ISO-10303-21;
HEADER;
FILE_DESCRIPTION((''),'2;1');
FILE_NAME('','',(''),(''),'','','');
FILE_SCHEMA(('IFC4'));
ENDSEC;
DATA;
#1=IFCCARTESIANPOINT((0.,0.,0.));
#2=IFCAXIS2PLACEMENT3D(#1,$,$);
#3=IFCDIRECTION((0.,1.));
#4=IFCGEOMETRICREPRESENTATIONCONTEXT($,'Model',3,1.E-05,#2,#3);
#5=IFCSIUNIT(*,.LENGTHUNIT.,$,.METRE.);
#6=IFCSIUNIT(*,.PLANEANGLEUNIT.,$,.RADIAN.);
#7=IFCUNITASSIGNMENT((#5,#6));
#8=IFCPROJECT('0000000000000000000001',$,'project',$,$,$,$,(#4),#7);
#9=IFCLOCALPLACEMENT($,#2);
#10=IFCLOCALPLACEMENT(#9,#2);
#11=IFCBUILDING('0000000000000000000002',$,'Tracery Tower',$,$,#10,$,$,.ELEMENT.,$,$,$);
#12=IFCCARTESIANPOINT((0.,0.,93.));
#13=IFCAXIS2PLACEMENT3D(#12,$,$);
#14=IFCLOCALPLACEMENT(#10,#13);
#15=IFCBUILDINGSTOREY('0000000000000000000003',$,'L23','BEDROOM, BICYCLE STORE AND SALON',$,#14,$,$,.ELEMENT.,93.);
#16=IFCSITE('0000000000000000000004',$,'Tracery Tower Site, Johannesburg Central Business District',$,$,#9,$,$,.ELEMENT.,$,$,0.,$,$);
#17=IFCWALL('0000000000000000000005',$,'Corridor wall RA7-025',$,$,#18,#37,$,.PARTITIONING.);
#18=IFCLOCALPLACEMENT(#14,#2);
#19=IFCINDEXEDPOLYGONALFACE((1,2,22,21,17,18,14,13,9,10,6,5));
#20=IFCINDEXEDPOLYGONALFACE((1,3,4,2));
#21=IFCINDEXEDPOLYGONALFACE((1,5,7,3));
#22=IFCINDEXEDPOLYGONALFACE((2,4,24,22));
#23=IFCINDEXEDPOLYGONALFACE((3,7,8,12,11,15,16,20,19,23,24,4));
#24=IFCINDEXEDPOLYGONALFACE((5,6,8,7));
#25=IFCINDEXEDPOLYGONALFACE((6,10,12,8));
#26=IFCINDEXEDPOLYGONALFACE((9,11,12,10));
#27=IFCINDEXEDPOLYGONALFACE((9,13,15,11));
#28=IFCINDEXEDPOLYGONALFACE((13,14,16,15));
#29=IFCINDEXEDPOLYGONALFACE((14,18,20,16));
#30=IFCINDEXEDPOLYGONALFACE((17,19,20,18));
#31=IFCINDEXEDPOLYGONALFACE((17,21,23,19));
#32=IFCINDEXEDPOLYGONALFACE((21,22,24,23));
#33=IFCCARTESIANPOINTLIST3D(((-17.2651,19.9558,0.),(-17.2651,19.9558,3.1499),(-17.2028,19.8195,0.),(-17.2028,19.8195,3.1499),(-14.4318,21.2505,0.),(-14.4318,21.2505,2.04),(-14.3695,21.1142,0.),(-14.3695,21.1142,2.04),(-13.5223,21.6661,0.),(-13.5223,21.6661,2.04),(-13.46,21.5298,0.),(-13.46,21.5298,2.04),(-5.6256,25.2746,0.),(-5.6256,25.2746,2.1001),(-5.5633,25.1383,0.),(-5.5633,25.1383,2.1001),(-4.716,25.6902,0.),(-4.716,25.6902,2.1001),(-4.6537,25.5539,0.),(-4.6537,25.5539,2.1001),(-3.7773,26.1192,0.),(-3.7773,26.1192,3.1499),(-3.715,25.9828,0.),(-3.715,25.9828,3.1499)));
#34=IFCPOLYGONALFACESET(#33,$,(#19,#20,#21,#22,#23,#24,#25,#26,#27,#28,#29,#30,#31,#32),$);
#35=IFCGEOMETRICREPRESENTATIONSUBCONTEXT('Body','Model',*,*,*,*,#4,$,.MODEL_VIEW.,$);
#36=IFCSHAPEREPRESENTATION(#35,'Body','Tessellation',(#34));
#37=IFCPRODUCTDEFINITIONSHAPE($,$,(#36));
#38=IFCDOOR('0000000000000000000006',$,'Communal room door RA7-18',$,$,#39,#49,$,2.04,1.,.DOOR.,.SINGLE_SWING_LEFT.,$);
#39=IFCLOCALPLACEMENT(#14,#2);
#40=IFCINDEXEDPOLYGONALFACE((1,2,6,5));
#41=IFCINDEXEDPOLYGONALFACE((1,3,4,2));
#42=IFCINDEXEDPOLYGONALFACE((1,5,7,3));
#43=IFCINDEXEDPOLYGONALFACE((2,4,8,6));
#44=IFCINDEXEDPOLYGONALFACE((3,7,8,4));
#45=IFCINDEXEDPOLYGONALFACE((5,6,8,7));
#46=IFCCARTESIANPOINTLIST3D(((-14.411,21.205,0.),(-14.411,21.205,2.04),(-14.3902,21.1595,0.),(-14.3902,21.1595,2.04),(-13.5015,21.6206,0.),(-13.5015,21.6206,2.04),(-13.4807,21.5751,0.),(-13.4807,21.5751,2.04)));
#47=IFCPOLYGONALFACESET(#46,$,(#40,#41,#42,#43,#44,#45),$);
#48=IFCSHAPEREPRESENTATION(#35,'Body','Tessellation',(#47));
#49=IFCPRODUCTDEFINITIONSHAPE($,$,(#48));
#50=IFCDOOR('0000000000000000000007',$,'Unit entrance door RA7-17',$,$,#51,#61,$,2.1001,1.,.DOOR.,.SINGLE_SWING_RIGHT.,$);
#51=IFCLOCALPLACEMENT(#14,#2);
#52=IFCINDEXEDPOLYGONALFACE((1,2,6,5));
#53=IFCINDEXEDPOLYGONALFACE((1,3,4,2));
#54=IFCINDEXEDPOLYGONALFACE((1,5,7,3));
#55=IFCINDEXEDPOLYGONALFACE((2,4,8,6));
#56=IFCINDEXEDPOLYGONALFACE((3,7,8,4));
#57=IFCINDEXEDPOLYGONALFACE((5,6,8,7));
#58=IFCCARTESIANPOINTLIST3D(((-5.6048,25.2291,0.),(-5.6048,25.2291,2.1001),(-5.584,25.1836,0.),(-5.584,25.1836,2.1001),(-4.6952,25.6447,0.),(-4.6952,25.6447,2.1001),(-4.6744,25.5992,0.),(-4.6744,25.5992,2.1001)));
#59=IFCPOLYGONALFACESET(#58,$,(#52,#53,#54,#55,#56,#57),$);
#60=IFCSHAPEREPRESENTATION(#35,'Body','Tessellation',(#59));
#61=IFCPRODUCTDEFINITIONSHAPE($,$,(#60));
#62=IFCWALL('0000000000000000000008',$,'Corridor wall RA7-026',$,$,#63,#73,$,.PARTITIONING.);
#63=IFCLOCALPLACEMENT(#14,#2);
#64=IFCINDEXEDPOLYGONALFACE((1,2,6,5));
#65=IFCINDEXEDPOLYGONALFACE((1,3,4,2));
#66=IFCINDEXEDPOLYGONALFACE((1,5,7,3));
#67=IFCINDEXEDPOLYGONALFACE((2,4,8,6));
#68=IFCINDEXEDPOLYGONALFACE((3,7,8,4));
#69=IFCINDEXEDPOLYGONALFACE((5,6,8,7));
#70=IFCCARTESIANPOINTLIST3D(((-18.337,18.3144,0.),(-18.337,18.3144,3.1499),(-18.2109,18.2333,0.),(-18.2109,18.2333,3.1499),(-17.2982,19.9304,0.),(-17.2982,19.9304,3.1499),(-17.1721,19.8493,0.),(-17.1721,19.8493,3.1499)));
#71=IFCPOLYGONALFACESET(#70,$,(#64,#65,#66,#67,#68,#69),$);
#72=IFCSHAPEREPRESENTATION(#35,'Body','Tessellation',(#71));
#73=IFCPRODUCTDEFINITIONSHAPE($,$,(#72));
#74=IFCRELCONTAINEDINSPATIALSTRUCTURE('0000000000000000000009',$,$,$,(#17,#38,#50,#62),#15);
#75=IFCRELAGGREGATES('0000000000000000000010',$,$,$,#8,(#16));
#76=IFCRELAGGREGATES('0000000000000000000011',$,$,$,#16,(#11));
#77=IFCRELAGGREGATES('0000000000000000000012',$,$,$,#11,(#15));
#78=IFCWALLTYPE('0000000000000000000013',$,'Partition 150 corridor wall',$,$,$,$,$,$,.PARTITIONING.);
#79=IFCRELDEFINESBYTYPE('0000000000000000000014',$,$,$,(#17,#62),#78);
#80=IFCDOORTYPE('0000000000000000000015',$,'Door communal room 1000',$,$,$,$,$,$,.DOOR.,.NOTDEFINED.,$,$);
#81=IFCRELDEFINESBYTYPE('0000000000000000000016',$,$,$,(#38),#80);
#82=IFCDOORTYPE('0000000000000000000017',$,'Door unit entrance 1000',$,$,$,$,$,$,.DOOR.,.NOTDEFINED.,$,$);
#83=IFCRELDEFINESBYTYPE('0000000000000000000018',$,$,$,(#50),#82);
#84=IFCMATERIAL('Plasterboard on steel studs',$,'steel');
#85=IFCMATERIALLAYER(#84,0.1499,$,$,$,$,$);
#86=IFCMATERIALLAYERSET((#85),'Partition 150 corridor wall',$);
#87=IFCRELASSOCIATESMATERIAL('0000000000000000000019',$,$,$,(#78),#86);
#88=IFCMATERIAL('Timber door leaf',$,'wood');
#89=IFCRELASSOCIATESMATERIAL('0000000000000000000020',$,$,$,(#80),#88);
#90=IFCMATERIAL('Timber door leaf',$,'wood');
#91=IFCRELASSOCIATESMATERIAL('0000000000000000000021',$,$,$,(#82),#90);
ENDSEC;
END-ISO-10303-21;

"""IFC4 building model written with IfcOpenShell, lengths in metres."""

from ifc_helpers import new_model, si_unit, direction, frame, frame_2d, origin, place, context, subcontext, project, spatial, rectangle, extrude, material, layer, layer_set, type_object, element, fill, save


model = new_model("IFC4")

# Units and contexts
model_context = context("Model", 3, precision=1e-05, world=origin(), true_north=direction((0.0, 1.0)))
body_context = subcontext(model_context, "Body", "Model", "MODEL_VIEW")
ifc_project = project(units=[si_unit("LENGTHUNIT", "METRE"), si_unit("PLANEANGLEUNIT", "RADIAN")], contexts=[model_context])

# Site, building, storey
site_placement = place(None, origin())
site = spatial("IfcSite", under=ifc_project, at=site_placement, Name="Tracery Tower Site, Johannesburg Central Business District", CompositionType="ELEMENT", RefElevation=0.0)
building_placement = place(site_placement, origin())
building = spatial("IfcBuilding", under=site, at=building_placement, Name="Tracery Tower", CompositionType="ELEMENT")
storey_placement = place(building_placement, frame((0.0, 0.0, 93.0)))
storey = spatial("IfcBuildingStorey", under=building, at=storey_placement, Name="L23", Description="BEDROOM, BICYCLE STORE AND SALON", CompositionType="ELEMENT", Elevation=93.0)

# Wall, openings, doors
ifc_material_1 = material(Name="Plasterboard on steel studs", Category="steel")
ifc_layer_1 = layer(ifc_material_1, 0.1499)
ifc_layer_set_1 = layer_set([ifc_layer_1], Name="Partition 150 corridor wall")
wall_type_1 = type_object("IfcWallType", Name="Partition 150 corridor wall", PredefinedType="PARTITIONING", material=ifc_layer_set_1)
wall_1_placement = place(storey_placement, frame((-17.2339, 19.8877, 0.0), z_axis=(0.0, 0.0, 1.0), x_axis=(0.909539, 0.415619, 0.0)))
wall_1 = element("IfcWall", 1, at=wall_1_placement, inside=storey, type_object=wall_type_1, Name="Corridor wall RA7-025", PredefinedType="PARTITIONING", context=body_context, shape_type="SweptSolid", body=[
    extrude(rectangle(XDim=14.8293, YDim=0.1499, at=frame_2d((7.4146, 0.0))), origin(), (0.0, 0.0, 1.0), 3.1499),
])
opening_1_placement = place(wall_1_placement, frame((12.7971, 0.0, 0.0)))
opening_1 = element("IfcOpeningElement", 2, at=opening_1_placement, cuts=wall_1, PredefinedType="OPENING", context=body_context, shape_type="SweptSolid", body=[
    extrude(rectangle(XDim=1.0, YDim=2.1001, at=frame_2d((0.5, 1.05))), frame((0.0, 0.075, 0.0), z_axis=(0.0, -1.0, 0.0), x_axis=(1.0, 0.0, 0.0)), (0.0, 0.0, 1.0), 0.1499),
])
opening_2_placement = place(wall_1_placement, frame((3.115, 0.0, 0.0)))
opening_2 = element("IfcOpeningElement", 3, at=opening_2_placement, cuts=wall_1, PredefinedType="OPENING", context=body_context, shape_type="SweptSolid", body=[
    extrude(rectangle(XDim=1.0, YDim=2.04, at=frame_2d((0.5, 1.02))), frame((0.0, 0.075, 0.0), z_axis=(0.0, -1.0, 0.0), x_axis=(1.0, 0.0, 0.0)), (0.0, 0.0, 1.0), 0.1499),
])
ifc_material_2 = material(Name="Timber door leaf", Category="wood")
door_type_1 = type_object("IfcDoorType", Name="Door communal room 1000", OperationType="NOTDEFINED", PredefinedType="DOOR", material=ifc_material_2)
door_1_placement = place(opening_2_placement, origin())
door_1 = element("IfcDoor", 4, at=door_1_placement, inside=storey, type_object=door_type_1, Name="Communal room door RA7-18", OperationType="SINGLE_SWING_LEFT", OverallHeight=2.04, OverallWidth=1.0, PredefinedType="DOOR", context=body_context, shape_type="SweptSolid", body=[
    extrude(rectangle(XDim=1.0, YDim=2.04, at=frame_2d((0.5, 1.02))), frame((0.0, 0.0249, 0.0), z_axis=(0.0, -1.0, 0.0), x_axis=(1.0, 0.0, 0.0)), (0.0, 0.0, 1.0), 0.05),
])
fill(opening_2, door_1)
ifc_material_3 = material(Name="Timber door leaf", Category="wood")
door_type_2 = type_object("IfcDoorType", Name="Door unit entrance 1000", OperationType="NOTDEFINED", PredefinedType="DOOR", material=ifc_material_3)
door_2_placement = place(opening_1_placement, origin())
door_2 = element("IfcDoor", 5, at=door_2_placement, inside=storey, type_object=door_type_2, Name="Unit entrance door RA7-17", OperationType="SINGLE_SWING_RIGHT", OverallHeight=2.1001, OverallWidth=1.0, PredefinedType="DOOR", context=body_context, shape_type="SweptSolid", body=[
    extrude(rectangle(XDim=1.0, YDim=2.1001, at=frame_2d((0.5, 1.05))), frame((0.0, 0.0249, 0.0), z_axis=(0.0, -1.0, 0.0), x_axis=(1.0, 0.0, 0.0)), (0.0, 0.0, 1.0), 0.05),
])
fill(opening_1, door_2)

# Wall
wall_2_placement = place(storey_placement, frame((-18.2739, 18.2739, 0.0), z_axis=(0.0, 0.0, 1.0), x_axis=(0.540751, 0.841183, 0.0)))
element("IfcWall", 6, at=wall_2_placement, inside=storey, type_object=wall_type_1, Name="Corridor wall RA7-026", PredefinedType="PARTITIONING", context=body_context, shape_type="SweptSolid", body=[
    extrude(rectangle(XDim=1.9211, YDim=0.1499, at=frame_2d((0.9604, 0.0))), origin(), (0.0, 0.0, 1.0), 3.1499),
])

save(model, "model.ifc")
